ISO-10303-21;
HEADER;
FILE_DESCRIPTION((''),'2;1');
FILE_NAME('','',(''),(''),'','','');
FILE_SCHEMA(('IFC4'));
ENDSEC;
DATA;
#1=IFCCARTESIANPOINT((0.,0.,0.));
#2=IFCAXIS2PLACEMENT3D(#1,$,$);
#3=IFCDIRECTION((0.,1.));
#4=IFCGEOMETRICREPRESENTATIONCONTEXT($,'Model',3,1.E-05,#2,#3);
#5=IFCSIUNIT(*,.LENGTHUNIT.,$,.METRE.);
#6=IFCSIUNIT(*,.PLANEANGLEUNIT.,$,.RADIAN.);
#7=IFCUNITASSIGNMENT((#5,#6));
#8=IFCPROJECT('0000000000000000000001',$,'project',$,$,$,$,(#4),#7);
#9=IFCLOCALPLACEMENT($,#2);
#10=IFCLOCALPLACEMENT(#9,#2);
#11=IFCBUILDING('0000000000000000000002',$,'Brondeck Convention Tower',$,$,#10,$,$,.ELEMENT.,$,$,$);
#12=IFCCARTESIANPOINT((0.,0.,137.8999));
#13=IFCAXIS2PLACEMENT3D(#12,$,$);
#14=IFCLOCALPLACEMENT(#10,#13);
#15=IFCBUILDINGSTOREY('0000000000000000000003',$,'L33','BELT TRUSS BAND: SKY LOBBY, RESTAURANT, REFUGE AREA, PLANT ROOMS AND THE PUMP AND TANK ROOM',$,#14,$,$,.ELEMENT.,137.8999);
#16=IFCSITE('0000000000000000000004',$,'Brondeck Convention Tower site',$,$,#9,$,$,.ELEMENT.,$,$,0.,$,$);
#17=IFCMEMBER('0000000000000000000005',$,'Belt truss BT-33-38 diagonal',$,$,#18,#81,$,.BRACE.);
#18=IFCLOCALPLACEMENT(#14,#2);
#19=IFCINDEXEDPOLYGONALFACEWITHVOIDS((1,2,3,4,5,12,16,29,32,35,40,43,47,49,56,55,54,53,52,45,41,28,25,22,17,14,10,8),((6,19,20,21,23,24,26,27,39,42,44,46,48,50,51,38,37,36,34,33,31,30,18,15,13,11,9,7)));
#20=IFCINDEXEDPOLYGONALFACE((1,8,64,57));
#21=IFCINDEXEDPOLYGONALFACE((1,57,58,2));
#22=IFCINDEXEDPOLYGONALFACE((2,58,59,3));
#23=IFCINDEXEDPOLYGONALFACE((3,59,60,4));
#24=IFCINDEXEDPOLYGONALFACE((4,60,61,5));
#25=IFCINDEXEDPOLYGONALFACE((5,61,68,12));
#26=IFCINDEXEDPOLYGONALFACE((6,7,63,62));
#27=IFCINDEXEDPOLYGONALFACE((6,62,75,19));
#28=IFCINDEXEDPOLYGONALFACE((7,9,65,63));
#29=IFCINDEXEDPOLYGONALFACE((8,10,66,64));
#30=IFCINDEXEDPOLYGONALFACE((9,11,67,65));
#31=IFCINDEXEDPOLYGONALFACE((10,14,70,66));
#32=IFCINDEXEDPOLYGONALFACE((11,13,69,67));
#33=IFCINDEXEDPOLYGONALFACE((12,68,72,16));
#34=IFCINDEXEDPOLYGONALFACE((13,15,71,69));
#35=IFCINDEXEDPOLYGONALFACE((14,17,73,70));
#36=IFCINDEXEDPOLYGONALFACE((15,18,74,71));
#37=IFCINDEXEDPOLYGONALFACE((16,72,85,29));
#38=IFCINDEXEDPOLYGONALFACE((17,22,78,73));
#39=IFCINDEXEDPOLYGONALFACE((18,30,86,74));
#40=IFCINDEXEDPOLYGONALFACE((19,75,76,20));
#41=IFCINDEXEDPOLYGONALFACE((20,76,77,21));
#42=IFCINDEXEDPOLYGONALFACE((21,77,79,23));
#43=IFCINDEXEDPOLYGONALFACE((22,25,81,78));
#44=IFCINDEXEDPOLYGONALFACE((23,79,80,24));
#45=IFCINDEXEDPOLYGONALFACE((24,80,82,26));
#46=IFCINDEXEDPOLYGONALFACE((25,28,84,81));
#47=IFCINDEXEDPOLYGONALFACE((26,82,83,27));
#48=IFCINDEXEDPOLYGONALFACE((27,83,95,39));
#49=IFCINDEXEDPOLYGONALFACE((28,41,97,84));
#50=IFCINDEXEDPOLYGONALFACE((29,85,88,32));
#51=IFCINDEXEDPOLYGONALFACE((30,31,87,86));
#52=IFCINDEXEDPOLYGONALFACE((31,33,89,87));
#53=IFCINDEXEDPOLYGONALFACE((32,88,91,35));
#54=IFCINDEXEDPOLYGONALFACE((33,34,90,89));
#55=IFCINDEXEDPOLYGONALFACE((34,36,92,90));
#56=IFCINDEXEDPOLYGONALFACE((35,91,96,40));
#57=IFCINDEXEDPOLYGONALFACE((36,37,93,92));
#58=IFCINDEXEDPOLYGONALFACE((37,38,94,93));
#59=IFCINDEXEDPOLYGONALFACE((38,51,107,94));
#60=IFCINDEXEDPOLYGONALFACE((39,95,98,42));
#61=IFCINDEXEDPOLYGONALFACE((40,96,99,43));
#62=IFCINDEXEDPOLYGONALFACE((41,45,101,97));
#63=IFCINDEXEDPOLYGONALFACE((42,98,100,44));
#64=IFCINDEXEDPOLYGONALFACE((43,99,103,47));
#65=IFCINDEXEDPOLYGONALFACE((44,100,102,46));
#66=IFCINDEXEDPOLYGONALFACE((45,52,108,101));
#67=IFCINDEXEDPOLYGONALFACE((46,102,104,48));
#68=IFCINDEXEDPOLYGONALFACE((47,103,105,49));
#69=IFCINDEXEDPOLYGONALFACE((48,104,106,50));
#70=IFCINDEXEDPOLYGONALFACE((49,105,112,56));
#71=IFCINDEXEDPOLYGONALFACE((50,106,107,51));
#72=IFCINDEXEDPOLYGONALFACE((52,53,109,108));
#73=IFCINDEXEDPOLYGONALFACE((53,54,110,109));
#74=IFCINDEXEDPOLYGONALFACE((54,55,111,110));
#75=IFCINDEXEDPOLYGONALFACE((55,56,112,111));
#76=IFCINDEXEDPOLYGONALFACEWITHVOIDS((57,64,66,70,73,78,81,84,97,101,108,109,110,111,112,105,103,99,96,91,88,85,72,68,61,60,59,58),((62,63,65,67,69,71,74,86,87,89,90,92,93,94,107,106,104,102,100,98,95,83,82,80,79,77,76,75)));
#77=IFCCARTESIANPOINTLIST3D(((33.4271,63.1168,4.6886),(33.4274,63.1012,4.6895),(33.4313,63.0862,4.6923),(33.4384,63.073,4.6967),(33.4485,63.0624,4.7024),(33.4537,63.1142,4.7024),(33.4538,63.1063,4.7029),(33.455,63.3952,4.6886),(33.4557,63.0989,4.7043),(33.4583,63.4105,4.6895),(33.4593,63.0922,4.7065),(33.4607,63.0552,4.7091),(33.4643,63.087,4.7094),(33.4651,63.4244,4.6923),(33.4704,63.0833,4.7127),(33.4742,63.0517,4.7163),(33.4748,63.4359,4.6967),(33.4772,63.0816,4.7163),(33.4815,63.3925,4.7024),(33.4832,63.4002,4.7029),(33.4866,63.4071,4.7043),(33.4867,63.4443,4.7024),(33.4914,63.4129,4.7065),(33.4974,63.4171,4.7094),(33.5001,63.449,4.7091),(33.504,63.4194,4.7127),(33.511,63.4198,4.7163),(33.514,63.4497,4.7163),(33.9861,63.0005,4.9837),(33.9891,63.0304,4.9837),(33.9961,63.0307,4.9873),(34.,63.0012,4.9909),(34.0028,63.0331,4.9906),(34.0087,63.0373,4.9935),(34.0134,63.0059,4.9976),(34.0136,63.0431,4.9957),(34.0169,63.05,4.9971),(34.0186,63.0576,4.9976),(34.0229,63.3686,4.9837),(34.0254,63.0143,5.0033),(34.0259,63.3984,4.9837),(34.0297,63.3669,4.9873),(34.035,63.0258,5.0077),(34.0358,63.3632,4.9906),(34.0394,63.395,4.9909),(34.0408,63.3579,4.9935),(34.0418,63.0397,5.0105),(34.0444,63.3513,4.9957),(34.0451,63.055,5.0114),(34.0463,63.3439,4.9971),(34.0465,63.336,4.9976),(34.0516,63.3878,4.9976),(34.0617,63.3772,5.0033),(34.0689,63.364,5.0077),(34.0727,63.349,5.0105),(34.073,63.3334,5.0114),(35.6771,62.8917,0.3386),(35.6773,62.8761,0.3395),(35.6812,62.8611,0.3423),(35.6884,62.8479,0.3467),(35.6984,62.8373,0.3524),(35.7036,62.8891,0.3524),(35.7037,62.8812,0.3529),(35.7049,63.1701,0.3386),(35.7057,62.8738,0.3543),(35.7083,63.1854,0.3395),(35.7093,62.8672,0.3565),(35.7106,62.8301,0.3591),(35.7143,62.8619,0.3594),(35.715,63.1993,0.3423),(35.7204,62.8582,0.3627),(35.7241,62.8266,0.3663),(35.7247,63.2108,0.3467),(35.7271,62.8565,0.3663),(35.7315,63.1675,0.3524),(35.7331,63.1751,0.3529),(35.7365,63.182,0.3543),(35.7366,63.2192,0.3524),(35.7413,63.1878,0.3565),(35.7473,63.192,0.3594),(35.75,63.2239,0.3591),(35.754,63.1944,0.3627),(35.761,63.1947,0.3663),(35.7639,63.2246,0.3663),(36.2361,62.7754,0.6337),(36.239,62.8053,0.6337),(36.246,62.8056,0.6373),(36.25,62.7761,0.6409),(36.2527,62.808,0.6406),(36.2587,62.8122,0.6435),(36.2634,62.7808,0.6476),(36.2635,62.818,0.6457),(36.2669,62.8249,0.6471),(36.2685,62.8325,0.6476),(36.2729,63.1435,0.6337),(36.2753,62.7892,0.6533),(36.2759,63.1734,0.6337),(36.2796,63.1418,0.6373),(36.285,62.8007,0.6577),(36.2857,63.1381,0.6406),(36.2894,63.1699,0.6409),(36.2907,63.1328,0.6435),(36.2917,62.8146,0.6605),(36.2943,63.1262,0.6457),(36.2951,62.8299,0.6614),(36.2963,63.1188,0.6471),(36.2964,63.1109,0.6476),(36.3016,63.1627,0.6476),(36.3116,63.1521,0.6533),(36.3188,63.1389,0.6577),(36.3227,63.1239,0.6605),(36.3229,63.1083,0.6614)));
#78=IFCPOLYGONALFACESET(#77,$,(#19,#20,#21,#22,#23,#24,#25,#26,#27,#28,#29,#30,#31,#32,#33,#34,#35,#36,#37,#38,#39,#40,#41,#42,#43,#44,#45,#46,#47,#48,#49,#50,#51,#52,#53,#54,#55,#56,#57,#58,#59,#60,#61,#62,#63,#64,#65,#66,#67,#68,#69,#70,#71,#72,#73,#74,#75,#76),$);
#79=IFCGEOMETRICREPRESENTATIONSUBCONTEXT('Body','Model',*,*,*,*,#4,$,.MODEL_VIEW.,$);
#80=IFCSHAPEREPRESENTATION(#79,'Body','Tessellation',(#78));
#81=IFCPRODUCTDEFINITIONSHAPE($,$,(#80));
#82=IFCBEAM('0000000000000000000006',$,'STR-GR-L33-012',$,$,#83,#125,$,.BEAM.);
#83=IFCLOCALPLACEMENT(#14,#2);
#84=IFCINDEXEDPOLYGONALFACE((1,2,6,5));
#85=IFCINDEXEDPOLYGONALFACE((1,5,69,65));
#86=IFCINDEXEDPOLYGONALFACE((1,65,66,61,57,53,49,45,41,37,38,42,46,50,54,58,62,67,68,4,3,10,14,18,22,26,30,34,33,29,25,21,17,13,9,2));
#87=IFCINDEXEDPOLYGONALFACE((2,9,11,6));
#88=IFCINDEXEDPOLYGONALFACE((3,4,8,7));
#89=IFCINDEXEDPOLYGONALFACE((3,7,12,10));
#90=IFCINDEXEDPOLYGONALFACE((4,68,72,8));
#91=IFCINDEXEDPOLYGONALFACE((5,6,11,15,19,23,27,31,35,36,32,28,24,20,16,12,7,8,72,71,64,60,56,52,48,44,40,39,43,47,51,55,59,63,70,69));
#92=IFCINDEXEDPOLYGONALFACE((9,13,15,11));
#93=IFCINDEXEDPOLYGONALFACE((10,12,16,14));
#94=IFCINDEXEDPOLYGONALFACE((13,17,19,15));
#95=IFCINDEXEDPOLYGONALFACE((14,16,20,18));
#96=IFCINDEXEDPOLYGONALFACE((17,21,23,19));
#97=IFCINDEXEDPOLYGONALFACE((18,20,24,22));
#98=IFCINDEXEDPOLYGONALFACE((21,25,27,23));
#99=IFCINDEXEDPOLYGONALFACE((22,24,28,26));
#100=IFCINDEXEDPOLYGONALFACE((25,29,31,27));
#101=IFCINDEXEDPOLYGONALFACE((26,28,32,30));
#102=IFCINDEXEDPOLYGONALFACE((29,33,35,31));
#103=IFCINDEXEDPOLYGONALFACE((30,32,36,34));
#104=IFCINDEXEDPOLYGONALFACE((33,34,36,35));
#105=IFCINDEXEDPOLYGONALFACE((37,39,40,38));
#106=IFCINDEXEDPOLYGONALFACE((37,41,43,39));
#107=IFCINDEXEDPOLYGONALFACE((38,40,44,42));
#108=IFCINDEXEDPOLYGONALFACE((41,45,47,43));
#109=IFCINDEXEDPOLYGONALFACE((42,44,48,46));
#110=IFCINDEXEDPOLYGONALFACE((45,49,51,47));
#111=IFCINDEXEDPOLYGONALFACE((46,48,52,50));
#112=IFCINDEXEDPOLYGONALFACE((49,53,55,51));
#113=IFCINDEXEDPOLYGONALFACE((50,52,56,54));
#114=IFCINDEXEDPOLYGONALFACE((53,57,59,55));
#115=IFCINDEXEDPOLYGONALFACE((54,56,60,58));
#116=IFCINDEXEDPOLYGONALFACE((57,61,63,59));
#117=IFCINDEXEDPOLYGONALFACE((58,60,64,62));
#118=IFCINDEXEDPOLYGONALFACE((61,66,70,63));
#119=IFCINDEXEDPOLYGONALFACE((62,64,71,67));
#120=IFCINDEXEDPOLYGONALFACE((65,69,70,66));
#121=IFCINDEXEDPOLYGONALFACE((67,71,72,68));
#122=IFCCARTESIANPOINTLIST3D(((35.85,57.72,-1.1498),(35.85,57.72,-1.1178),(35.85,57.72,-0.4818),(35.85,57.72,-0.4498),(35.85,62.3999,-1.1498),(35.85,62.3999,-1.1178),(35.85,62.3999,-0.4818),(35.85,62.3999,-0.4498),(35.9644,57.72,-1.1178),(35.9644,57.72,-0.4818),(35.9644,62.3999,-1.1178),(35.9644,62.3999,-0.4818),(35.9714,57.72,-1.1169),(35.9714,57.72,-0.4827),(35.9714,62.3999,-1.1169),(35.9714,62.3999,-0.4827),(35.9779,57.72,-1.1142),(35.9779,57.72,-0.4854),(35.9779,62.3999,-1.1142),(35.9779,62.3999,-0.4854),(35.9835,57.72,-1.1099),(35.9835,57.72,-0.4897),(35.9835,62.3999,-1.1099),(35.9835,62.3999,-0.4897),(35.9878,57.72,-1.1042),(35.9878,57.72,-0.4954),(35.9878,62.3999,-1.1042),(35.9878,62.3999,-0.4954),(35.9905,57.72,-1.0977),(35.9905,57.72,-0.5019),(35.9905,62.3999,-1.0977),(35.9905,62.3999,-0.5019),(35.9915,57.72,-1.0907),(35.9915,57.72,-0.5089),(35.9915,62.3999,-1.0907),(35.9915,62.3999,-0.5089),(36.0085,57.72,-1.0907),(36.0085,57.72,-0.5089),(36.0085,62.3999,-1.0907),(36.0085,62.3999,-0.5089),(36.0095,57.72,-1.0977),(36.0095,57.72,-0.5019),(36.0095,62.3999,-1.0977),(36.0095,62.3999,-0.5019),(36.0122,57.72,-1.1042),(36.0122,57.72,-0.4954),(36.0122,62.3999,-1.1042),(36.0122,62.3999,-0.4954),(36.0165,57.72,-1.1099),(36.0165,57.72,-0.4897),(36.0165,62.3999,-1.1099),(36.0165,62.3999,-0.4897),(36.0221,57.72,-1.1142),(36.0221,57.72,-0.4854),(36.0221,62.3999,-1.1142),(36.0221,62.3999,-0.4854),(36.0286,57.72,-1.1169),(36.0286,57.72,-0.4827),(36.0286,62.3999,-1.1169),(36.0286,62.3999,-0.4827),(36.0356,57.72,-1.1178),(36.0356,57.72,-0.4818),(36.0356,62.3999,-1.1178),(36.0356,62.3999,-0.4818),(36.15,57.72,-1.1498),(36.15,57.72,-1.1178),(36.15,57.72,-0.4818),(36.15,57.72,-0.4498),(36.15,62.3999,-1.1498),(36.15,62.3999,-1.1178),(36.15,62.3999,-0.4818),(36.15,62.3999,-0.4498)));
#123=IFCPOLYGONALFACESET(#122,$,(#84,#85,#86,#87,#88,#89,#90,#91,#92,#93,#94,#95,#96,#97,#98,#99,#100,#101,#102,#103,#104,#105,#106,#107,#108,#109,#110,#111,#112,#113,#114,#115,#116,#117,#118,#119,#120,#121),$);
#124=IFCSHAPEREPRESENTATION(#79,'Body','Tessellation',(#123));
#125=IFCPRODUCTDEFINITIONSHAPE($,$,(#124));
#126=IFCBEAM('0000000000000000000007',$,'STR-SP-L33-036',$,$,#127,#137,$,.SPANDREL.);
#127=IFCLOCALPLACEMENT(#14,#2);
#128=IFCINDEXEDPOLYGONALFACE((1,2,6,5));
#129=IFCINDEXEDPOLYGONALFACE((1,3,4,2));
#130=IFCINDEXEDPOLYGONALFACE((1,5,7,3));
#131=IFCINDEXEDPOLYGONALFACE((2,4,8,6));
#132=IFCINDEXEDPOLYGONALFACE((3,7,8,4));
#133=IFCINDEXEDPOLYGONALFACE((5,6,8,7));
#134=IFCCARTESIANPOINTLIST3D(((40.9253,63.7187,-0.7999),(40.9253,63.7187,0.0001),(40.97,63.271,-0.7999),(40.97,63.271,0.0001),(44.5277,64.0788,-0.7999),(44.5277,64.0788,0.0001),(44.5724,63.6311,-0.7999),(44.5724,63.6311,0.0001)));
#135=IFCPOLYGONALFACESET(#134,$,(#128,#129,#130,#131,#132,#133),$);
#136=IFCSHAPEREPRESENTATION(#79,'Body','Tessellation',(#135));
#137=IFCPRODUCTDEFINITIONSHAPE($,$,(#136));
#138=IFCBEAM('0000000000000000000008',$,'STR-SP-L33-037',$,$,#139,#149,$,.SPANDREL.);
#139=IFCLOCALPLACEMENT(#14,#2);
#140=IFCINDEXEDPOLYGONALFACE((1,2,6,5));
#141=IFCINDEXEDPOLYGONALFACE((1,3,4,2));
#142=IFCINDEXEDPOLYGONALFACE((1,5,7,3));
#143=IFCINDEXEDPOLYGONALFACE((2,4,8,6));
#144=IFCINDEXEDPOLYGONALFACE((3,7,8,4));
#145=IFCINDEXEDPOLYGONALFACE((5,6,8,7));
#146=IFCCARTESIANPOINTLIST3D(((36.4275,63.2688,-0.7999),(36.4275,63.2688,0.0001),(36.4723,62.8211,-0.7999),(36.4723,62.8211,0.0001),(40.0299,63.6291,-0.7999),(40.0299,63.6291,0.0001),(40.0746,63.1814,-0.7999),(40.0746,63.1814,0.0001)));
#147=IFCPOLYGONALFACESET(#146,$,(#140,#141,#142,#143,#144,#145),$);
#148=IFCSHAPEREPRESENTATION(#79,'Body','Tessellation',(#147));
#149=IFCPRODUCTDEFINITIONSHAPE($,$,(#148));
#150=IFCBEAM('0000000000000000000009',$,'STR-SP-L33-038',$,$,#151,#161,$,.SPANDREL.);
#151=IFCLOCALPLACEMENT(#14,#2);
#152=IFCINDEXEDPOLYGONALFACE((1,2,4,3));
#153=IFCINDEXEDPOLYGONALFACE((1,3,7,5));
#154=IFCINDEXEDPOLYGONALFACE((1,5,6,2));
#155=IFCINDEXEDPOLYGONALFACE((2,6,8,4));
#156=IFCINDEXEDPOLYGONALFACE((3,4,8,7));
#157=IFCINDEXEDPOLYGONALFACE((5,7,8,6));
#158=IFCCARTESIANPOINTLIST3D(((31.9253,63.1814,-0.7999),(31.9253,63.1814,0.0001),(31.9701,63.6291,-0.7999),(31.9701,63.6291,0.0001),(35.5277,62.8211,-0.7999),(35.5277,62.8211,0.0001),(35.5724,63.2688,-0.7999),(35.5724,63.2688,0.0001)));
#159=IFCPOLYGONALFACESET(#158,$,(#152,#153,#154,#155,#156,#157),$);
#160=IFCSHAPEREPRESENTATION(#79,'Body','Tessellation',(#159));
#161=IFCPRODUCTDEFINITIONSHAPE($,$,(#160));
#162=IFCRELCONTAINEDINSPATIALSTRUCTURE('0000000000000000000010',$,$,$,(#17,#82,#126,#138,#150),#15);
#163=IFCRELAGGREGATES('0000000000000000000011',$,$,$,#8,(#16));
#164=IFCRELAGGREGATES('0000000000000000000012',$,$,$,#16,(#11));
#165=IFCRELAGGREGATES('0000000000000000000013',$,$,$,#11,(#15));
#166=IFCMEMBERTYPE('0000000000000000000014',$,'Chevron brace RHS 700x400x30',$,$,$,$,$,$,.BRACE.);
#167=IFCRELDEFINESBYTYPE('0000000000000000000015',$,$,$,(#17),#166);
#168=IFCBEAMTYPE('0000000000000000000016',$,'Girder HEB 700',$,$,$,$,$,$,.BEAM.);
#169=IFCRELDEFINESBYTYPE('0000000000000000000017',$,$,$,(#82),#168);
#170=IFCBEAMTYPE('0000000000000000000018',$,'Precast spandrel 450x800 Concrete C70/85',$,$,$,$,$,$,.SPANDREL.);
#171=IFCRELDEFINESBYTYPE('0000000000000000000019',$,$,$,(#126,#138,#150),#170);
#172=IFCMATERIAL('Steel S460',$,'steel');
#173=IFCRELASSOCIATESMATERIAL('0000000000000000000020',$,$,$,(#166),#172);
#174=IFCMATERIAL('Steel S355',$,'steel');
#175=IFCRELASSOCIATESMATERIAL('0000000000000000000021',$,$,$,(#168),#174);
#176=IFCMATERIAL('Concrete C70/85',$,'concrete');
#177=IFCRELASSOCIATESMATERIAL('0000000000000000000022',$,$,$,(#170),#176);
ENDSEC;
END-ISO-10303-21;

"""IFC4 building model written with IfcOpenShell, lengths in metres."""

from ifc_helpers import new_model, si_unit, direction, frame, origin, origin_2d, place, context, subcontext, project, spatial, rectangle, hollow_rectangle, i_section, extrude, material, material_profile, profile_set, type_object, element, save


model = new_model("IFC4")

# Units and contexts
model_context = context("Model", 3, precision=1e-05, world=origin(), true_north=direction((0.0, 1.0)))
body_context = subcontext(model_context, "Body", "Model", "MODEL_VIEW")
ifc_project = project(units=[si_unit("LENGTHUNIT", "METRE"), si_unit("PLANEANGLEUNIT", "RADIAN")], contexts=[model_context])

# Site, building, storey
site_placement = place(None, origin())
site = spatial("IfcSite", under=ifc_project, at=site_placement, Name="Brondeck Convention Tower site", CompositionType="ELEMENT", RefElevation=0.0)
building_placement = place(site_placement, origin())
building = spatial("IfcBuilding", under=site, at=building_placement, Name="Brondeck Convention Tower", CompositionType="ELEMENT")
storey_placement = place(building_placement, frame((0.0, 0.0, 137.8999)))
storey = spatial("IfcBuildingStorey", under=building, at=storey_placement, Name="L33", Description="BELT TRUSS BAND: SKY LOBBY, RESTAURANT, REFUGE AREA, PLANT ROOMS AND THE PUMP AND TANK ROOM", CompositionType="ELEMENT", Elevation=137.8999)

# Shared definitions
ifc_material_1 = material(Name="Concrete C70/85", Category="concrete")

# Member
ifc_material_2 = material(Name="Steel S460", Category="steel")
ifc_material_profile_1 = material_profile(ifc_material_2, hollow_rectangle(XDim=0.3999, YDim=0.7, WallThickness=0.03, InnerFilletRadius=0.03, OuterFilletRadius=0.0601, at=origin_2d()), Name="RHS 700x400x30")
ifc_profile_set_1 = profile_set([ifc_material_profile_1], Name="Steel S460")
member_type_1 = type_object("IfcMemberType", Name="Chevron brace RHS 700x400x30", PredefinedType="BRACE", material=ifc_profile_set_1)
for number, where, z_axis, x_axis, name in (
    (1, (36.0, 63.0, 0.5), (-0.45893, 0.045913, 0.887285), (-0.099546, -0.995033, 0.0), "Belt truss BT-33-38 diagonal"),
):
    element("IfcMember", number, at=place(storey_placement, frame(where, z_axis=z_axis, x_axis=x_axis)), inside=storey, type_object=member_type_1, Name=name, PredefinedType="BRACE", context=body_context, shape_type="SweptSolid", body=[
        extrude(hollow_rectangle(XDim=0.3999, YDim=0.7, WallThickness=0.03, InnerFilletRadius=0.03, OuterFilletRadius=0.0601, at=origin_2d()), origin(), (0.0, 0.0, 1.0), 4.9026),
    ])

# Beams
ifc_material_3 = material(Name="Steel S355", Category="steel")
ifc_material_profile_2 = material_profile(ifc_material_3, i_section(OverallWidth=0.3, OverallDepth=0.7, WebThickness=0.0171, FlangeThickness=0.032, FilletRadius=0.0271, at=origin_2d()), Name="HEB 700")
ifc_profile_set_2 = profile_set([ifc_material_profile_2], Name="Steel S355")
beam_type_1 = type_object("IfcBeamType", Name="Girder HEB 700", PredefinedType="BEAM", material=ifc_profile_set_2)
beam_placement = place(storey_placement, frame((36.0, 57.72, -0.7998), z_axis=(0.0, 1.0, 0.0), x_axis=(-1.0, 0.0, 0.0)))
element("IfcBeam", 2, at=beam_placement, inside=storey, type_object=beam_type_1, Name="STR-GR-L33-012", PredefinedType="BEAM", context=body_context, shape_type="SweptSolid", body=[
    extrude(i_section(OverallWidth=0.3, OverallDepth=0.7, WebThickness=0.0171, FlangeThickness=0.032, FilletRadius=0.0271, at=origin_2d()), origin(), (0.0, 0.0, 1.0), 4.6799),
])
ifc_material_profile_3 = material_profile(ifc_material_1, rectangle(XDim=0.45, YDim=0.8, at=origin_2d()), Name="Precast spandrel 450x800 Concrete C70/85")
ifc_profile_set_3 = profile_set([ifc_material_profile_3], Name="Concrete C70/85")
beam_type_2 = type_object("IfcBeamType", Name="Precast spandrel 450x800 Concrete C70/85", PredefinedType="SPANDREL", material=ifc_profile_set_3)
for number, where, z_axis, x_axis, name in (
    (3, (44.55, 63.855, -0.3999), (-0.995041, -0.09947, 0.0), (0.09947, -0.995041, 0.0), "STR-SP-L33-036"),
    (4, (40.0522, 63.4053, -0.3999), (-0.995034, -0.099537, 0.0), (0.099537, -0.995034, 0.0), "STR-SP-L33-037"),
    (5, (35.55, 63.0449, -0.3999), (-0.995034, 0.099537, 0.0), (-0.099537, -0.995034, 0.0), "STR-SP-L33-038"),
):
    element("IfcBeam", number, at=place(storey_placement, frame(where, z_axis=z_axis, x_axis=x_axis)), inside=storey, type_object=beam_type_2, Name=name, PredefinedType="SPANDREL", context=body_context, shape_type="SweptSolid", body=[
        extrude(rectangle(XDim=0.45, YDim=0.8, at=origin_2d()), origin(), (0.0, 0.0, 1.0), 3.6204),
    ])

save(model, "model.ifc")
